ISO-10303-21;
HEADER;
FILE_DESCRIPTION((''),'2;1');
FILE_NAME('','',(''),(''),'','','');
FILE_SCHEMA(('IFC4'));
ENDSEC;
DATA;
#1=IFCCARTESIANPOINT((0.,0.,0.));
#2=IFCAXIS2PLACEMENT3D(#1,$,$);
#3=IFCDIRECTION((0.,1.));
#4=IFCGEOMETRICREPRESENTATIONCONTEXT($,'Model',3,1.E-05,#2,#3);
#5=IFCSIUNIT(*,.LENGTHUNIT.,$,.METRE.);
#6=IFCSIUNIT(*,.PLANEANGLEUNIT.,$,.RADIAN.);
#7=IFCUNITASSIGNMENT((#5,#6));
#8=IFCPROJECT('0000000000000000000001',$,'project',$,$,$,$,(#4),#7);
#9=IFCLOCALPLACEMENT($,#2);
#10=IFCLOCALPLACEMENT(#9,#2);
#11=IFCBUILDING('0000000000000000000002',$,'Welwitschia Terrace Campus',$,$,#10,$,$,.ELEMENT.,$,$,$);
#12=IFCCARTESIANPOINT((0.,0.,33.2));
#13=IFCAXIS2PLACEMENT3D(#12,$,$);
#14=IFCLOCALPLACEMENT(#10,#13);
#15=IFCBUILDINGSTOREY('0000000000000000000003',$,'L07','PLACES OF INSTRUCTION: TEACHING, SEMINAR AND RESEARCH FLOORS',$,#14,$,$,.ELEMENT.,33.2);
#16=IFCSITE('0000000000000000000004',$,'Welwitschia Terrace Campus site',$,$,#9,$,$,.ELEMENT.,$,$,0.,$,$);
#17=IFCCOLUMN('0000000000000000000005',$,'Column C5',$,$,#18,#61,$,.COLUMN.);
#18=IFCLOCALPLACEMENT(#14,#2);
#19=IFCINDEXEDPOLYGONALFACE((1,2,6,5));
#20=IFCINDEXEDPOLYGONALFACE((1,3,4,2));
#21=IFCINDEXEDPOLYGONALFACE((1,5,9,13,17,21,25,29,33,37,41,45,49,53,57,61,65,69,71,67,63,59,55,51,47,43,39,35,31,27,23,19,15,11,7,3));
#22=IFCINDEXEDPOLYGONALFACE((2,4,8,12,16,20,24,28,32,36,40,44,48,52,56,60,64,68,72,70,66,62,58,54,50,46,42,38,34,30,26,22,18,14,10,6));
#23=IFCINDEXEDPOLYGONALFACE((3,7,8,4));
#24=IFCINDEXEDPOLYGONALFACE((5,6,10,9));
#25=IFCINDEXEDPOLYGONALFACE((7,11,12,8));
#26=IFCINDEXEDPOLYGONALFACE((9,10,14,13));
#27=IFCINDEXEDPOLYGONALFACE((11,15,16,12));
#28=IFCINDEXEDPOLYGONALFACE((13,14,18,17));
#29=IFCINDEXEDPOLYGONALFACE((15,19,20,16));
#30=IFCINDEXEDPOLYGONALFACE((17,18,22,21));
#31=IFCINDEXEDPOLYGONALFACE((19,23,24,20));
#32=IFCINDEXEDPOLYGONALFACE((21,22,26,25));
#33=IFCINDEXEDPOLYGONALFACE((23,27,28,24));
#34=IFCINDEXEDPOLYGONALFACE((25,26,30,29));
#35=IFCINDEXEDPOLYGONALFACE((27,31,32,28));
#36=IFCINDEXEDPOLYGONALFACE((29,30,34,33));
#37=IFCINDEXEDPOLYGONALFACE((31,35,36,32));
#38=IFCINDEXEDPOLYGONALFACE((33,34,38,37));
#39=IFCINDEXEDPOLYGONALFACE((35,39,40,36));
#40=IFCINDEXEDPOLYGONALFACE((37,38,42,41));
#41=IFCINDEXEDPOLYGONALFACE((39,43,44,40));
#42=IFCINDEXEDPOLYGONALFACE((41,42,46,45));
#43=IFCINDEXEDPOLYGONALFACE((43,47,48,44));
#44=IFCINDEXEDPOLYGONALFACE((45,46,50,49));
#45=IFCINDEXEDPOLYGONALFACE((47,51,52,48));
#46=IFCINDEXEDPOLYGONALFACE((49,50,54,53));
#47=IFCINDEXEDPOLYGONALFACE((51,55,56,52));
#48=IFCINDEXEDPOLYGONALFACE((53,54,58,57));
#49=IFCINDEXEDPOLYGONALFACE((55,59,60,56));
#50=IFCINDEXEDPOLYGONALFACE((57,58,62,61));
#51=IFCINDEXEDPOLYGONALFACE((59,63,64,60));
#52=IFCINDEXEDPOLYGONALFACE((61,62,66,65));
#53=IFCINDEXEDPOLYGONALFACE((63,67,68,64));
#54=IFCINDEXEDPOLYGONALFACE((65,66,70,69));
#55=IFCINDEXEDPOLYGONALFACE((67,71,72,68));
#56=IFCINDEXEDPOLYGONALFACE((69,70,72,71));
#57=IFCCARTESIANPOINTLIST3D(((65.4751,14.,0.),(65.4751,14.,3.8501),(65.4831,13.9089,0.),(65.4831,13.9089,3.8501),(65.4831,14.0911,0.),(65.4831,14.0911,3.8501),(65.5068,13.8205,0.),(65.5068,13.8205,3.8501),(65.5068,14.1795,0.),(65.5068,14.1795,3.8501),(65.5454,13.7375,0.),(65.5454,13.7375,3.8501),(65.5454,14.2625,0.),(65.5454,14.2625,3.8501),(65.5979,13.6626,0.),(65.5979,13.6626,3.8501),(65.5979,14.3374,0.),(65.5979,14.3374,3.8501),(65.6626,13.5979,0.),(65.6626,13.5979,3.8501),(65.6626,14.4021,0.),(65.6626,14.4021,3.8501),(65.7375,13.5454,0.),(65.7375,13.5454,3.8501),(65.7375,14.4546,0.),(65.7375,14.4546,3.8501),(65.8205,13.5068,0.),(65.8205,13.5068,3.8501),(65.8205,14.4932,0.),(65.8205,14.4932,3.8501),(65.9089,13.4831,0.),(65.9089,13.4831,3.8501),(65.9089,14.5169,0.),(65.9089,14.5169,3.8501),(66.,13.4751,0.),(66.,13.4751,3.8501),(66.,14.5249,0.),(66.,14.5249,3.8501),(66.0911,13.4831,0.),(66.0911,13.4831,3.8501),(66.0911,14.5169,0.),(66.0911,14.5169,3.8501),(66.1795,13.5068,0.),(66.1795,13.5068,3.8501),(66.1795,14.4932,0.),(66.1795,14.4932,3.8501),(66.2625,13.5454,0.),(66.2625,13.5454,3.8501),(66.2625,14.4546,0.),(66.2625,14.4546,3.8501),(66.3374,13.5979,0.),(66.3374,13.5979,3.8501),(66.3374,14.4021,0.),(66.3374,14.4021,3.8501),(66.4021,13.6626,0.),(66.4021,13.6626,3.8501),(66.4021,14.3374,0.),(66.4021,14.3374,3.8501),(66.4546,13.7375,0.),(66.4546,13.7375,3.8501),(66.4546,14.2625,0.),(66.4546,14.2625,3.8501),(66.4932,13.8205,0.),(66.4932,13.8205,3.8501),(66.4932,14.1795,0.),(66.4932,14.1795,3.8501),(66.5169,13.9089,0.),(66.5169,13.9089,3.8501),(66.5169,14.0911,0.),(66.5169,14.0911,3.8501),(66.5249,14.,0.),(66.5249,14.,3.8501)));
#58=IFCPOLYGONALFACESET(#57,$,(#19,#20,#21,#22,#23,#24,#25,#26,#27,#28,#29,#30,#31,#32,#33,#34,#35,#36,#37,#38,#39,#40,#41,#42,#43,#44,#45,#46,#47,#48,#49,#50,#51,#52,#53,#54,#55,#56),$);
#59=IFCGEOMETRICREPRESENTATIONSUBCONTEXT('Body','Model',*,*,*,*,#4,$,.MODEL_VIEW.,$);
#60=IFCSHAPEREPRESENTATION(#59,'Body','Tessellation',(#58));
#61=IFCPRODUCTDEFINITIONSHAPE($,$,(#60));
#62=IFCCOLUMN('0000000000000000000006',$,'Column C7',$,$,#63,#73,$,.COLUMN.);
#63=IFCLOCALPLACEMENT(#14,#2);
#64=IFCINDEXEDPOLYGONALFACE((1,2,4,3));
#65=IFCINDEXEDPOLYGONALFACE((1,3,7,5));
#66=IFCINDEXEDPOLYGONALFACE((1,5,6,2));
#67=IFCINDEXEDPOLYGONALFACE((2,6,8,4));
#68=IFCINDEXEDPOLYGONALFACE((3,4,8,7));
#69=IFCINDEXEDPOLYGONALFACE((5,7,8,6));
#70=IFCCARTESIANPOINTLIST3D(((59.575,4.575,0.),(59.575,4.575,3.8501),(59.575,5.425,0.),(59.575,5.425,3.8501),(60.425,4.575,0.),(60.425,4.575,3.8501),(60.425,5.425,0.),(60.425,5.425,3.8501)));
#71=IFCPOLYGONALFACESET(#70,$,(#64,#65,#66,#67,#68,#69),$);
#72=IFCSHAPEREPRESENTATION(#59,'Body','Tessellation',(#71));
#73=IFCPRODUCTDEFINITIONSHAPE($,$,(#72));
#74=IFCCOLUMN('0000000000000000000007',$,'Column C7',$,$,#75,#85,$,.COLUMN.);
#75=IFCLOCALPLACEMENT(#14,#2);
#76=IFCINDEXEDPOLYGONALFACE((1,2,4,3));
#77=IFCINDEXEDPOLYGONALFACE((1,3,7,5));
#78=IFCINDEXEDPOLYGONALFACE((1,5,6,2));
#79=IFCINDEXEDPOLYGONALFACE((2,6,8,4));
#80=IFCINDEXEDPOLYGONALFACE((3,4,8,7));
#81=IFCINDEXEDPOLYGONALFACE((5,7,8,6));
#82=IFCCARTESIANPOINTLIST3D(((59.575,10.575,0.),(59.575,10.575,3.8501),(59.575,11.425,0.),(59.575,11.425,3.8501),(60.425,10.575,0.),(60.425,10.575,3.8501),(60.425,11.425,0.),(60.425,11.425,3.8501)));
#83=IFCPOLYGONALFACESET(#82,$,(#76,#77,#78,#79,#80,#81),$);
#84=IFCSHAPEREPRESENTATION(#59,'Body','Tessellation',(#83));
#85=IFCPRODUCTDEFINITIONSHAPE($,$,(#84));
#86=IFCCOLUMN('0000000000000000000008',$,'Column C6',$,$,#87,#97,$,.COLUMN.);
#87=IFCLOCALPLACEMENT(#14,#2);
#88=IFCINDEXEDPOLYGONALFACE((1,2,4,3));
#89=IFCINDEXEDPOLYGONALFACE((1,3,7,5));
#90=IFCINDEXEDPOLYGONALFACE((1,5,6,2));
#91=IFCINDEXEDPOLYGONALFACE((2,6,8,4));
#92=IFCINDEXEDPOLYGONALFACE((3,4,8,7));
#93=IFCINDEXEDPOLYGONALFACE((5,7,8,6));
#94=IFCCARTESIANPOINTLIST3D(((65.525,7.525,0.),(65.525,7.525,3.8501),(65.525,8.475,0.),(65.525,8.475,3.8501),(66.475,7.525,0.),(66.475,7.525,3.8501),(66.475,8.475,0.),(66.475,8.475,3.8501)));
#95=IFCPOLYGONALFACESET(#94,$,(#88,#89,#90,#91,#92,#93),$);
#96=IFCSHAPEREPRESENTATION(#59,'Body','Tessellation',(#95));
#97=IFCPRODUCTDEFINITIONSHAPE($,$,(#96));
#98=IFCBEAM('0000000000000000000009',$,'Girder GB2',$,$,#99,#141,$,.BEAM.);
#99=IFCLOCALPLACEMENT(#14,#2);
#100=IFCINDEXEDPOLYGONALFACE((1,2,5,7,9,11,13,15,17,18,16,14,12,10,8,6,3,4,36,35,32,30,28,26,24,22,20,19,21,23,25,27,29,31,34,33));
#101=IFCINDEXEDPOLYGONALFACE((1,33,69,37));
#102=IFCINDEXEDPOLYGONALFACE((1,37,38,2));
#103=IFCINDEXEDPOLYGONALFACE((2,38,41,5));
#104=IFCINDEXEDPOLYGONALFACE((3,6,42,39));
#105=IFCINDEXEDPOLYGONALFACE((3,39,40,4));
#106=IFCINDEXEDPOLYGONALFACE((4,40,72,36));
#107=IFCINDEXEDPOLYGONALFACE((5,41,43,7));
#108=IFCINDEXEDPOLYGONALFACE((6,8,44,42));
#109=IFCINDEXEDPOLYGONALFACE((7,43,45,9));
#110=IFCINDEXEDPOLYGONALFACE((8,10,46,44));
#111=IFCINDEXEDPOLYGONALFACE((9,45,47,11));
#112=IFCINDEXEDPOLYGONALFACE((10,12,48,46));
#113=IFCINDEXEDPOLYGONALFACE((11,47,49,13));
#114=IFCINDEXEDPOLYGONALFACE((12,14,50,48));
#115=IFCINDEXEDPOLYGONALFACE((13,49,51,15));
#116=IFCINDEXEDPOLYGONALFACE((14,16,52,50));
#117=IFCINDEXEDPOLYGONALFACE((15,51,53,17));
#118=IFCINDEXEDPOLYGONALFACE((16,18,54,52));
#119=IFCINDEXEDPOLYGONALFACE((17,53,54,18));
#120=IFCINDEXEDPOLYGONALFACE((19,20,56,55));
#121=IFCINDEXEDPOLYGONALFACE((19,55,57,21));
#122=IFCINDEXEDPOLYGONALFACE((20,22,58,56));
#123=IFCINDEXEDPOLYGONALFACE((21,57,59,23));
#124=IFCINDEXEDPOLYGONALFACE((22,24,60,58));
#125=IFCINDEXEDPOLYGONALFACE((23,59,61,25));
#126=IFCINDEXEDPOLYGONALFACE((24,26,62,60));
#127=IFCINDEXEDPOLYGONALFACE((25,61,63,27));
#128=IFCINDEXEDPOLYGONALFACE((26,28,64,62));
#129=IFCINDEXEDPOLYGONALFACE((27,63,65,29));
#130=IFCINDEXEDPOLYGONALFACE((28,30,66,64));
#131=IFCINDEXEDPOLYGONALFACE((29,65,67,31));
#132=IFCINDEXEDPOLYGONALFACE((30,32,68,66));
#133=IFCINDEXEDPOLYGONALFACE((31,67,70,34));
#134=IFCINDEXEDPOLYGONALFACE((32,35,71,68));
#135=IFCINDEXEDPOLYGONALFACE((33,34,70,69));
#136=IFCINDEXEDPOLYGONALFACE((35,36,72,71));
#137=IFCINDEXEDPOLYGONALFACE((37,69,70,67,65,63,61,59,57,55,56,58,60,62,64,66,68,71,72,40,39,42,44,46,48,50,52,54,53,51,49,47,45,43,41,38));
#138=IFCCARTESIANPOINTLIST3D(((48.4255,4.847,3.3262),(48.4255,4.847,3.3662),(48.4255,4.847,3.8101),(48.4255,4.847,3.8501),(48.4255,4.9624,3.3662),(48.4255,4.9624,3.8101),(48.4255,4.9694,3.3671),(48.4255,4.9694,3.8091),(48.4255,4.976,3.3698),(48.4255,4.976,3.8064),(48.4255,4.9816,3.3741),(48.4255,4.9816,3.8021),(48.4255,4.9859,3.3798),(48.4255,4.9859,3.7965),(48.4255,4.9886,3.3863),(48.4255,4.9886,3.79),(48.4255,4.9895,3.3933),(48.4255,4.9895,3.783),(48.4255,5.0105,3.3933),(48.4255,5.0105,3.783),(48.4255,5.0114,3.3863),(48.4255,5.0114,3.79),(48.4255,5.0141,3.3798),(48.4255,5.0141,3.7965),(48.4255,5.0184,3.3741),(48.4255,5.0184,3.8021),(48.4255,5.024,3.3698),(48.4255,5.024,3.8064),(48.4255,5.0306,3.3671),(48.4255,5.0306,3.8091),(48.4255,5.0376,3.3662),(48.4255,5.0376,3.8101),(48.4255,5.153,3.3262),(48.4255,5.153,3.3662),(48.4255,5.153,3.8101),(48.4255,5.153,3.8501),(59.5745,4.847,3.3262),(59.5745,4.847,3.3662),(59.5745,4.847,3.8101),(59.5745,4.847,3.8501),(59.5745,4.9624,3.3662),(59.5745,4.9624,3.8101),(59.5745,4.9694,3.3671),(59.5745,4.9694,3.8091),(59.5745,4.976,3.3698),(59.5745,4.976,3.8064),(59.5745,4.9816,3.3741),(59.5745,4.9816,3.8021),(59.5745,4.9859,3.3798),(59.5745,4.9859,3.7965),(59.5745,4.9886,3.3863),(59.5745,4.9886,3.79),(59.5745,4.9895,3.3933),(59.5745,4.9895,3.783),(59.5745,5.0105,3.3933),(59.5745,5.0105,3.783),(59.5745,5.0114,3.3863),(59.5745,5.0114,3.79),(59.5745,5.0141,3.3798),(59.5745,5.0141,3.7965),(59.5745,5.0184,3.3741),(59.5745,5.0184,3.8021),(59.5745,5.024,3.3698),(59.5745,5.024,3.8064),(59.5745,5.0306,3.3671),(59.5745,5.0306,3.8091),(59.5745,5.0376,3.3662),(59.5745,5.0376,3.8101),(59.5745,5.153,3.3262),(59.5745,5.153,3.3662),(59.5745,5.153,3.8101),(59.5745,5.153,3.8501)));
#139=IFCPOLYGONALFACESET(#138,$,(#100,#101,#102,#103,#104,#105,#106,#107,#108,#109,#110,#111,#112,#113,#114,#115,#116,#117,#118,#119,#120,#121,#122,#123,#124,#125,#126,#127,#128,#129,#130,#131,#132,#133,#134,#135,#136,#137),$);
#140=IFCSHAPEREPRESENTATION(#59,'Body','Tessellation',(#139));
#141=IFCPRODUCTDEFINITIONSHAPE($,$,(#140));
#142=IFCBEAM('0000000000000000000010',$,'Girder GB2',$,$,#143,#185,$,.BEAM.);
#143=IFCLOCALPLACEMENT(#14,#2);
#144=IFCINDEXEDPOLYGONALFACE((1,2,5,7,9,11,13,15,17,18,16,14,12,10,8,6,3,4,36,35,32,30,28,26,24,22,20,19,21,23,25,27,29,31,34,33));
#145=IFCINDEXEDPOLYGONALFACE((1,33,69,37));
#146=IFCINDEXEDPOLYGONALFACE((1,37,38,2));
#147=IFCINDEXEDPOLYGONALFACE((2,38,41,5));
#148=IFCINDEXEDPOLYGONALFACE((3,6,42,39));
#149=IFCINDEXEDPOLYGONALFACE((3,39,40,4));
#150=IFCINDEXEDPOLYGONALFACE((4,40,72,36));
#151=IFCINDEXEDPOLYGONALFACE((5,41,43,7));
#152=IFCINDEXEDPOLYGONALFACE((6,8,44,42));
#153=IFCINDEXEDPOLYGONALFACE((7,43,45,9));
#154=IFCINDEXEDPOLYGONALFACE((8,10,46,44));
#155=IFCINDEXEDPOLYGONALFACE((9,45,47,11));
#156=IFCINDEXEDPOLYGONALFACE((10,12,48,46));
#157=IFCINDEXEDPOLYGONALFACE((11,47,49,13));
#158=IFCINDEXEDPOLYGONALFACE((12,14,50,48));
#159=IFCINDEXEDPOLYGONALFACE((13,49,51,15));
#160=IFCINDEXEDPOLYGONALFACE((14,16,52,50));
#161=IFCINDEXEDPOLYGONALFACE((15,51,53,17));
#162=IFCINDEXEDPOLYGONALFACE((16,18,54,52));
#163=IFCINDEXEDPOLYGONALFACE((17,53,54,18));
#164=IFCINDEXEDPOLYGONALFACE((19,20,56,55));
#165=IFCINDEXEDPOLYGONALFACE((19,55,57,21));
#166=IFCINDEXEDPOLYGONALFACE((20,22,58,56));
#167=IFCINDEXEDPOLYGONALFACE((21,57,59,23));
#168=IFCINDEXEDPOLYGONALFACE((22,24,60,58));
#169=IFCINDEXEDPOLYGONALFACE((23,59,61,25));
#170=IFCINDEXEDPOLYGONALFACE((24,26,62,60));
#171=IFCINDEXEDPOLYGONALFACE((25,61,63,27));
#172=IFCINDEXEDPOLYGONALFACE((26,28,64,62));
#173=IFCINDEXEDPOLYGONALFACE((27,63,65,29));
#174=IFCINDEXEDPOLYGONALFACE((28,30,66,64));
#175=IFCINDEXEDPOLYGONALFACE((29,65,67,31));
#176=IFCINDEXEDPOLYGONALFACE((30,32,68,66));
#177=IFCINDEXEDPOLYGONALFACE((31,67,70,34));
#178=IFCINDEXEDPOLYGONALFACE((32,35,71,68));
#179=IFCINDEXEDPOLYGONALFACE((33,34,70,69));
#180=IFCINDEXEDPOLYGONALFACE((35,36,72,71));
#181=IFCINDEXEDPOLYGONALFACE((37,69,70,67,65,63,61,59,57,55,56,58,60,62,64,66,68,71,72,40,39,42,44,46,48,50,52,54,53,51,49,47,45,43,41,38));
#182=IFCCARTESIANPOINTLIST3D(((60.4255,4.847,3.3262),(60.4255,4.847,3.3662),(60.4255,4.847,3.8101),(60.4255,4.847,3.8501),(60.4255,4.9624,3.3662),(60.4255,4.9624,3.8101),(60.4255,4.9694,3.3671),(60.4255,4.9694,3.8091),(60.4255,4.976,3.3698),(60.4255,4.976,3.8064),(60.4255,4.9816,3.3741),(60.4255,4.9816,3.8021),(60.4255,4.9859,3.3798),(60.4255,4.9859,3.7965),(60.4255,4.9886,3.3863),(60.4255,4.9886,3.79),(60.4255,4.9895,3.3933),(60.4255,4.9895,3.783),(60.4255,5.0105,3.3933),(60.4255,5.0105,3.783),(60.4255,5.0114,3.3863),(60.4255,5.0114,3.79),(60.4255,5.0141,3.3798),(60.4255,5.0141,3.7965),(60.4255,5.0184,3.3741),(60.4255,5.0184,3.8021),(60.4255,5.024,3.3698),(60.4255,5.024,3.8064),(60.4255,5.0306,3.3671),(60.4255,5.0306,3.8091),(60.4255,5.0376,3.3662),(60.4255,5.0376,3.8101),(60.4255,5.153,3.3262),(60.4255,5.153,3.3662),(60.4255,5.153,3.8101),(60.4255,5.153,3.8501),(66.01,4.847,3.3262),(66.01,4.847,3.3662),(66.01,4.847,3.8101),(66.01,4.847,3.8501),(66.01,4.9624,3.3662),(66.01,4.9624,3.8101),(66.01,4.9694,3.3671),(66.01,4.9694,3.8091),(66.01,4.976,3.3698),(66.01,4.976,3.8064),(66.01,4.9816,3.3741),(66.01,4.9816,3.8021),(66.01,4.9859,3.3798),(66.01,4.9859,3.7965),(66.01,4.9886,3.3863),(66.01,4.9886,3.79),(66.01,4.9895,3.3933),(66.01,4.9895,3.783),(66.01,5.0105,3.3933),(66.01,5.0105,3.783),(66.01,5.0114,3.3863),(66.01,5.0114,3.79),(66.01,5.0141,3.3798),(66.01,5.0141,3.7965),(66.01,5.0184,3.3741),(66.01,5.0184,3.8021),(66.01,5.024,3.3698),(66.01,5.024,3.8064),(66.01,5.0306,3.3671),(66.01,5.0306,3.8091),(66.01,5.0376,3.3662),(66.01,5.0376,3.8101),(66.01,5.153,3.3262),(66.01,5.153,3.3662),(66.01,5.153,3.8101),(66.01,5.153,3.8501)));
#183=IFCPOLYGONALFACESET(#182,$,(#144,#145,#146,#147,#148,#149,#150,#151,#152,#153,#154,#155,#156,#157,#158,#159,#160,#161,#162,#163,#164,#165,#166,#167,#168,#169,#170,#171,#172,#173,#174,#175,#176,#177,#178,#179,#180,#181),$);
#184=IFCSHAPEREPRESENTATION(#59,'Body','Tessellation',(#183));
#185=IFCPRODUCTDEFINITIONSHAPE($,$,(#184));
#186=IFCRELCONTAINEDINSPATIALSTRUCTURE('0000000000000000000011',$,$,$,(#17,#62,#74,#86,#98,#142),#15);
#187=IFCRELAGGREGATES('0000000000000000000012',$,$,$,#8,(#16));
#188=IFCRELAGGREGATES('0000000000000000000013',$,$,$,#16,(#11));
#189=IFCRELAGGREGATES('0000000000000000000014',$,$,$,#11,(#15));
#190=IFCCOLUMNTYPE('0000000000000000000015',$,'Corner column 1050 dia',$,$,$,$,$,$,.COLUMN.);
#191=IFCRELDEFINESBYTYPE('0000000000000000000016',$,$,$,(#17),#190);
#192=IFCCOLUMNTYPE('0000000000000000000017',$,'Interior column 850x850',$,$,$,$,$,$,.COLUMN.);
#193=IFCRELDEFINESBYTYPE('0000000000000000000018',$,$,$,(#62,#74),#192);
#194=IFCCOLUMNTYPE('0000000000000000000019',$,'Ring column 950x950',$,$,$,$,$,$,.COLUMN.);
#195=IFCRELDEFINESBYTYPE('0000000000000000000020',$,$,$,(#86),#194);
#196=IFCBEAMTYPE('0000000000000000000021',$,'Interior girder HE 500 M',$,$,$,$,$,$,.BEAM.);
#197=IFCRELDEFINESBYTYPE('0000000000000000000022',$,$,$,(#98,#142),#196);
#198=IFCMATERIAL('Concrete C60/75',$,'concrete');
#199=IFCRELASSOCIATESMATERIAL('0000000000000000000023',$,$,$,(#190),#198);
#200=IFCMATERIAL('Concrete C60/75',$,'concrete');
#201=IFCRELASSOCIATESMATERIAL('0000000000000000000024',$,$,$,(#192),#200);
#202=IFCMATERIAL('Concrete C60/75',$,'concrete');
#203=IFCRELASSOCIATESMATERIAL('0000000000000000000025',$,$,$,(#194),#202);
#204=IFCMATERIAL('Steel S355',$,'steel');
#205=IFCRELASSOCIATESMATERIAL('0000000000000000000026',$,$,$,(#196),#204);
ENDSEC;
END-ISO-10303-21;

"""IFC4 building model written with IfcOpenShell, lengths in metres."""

from ifc_helpers import new_model, si_unit, direction, frame, origin, origin_2d, place, context, subcontext, project, spatial, rectangle, circle, i_section, extrude, material, material_profile, profile_set, type_object, element, save


model = new_model("IFC4")

# Units and contexts
model_context = context("Model", 3, precision=1e-05, world=origin(), true_north=direction((0.0, 1.0)))
body_context = subcontext(model_context, "Body", "Model", "MODEL_VIEW")
ifc_project = project(units=[si_unit("LENGTHUNIT", "METRE"), si_unit("PLANEANGLEUNIT", "RADIAN")], contexts=[model_context])

# Site, building, storey
site_placement = place(None, origin())
site = spatial("IfcSite", under=ifc_project, at=site_placement, Name="Welwitschia Terrace Campus site", CompositionType="ELEMENT", RefElevation=0.0)
building_placement = place(site_placement, origin())
building = spatial("IfcBuilding", under=site, at=building_placement, Name="Welwitschia Terrace Campus", CompositionType="ELEMENT")
storey_placement = place(building_placement, frame((0.0, 0.0, 33.2)))
storey = spatial("IfcBuildingStorey", under=building, at=storey_placement, Name="L07", Description="PLACES OF INSTRUCTION: TEACHING, SEMINAR AND RESEARCH FLOORS", CompositionType="ELEMENT", Elevation=33.2)

# Columns
ifc_material_1 = material(Name="Concrete C60/75", Category="concrete")
ifc_material_profile_1 = material_profile(ifc_material_1, circle(Radius=0.5249, at=origin_2d()))
ifc_profile_set_1 = profile_set([ifc_material_profile_1], Name="Concrete C60/75")
column_type_1 = type_object("IfcColumnType", Name="Corner column 1050 dia", PredefinedType="COLUMN", material=ifc_profile_set_1)
column_1_placement = place(storey_placement, frame((66.0, 14.0, 0.0), z_axis=(0.0, 0.0, 1.0), x_axis=(1.0, 0.0, 0.0)))
element("IfcColumn", 1, at=column_1_placement, inside=storey, type_object=column_type_1, Name="Column C5", PredefinedType="COLUMN", context=body_context, shape_type="SweptSolid", body=[
    extrude(circle(Radius=0.5249, at=origin_2d()), origin(), (0.0, 0.0, 1.0), 3.8501),
])
ifc_material_2 = material(Name="Concrete C60/75", Category="concrete")
ifc_material_profile_2 = material_profile(ifc_material_2, rectangle(XDim=0.8501, YDim=0.8501, at=origin_2d()))
ifc_profile_set_2 = profile_set([ifc_material_profile_2], Name="Concrete C60/75")
column_type_2 = type_object("IfcColumnType", Name="Interior column 850x850", PredefinedType="COLUMN", material=ifc_profile_set_2)
for number, where, z_axis, x_axis, name in (
    (2, (60.0, 5.0, 0.0), (0.0, 0.0, 1.0), (1.0, 0.0, 0.0), "Column C7"),
    (3, (60.0, 11.0, 0.0), (0.0, 0.0, 1.0), (1.0, 0.0, 0.0), "Column C7"),
):
    element("IfcColumn", number, at=place(storey_placement, frame(where, z_axis=z_axis, x_axis=x_axis)), inside=storey, type_object=column_type_2, Name=name, PredefinedType="COLUMN", context=body_context, shape_type="SweptSolid", body=[
        extrude(rectangle(XDim=0.8501, YDim=0.8501, at=origin_2d()), origin(), (0.0, 0.0, 1.0), 3.8501),
    ])
ifc_material_3 = material(Name="Concrete C60/75", Category="concrete")
ifc_material_profile_3 = material_profile(ifc_material_3, rectangle(XDim=0.95, YDim=0.95, at=origin_2d()))
ifc_profile_set_3 = profile_set([ifc_material_profile_3], Name="Concrete C60/75")
column_type_3 = type_object("IfcColumnType", Name="Ring column 950x950", PredefinedType="COLUMN", material=ifc_profile_set_3)
column_2_placement = place(storey_placement, frame((66.0, 8.0, 0.0), z_axis=(0.0, 0.0, 1.0), x_axis=(1.0, 0.0, 0.0)))
element("IfcColumn", 4, at=column_2_placement, inside=storey, type_object=column_type_3, Name="Column C6", PredefinedType="COLUMN", context=body_context, shape_type="SweptSolid", body=[
    extrude(rectangle(XDim=0.95, YDim=0.95, at=origin_2d()), origin(), (0.0, 0.0, 1.0), 3.8501),
])

# Beams
ifc_material_4 = material(Name="Steel S355", Category="steel")
ifc_material_profile_4 = material_profile(ifc_material_4, i_section(OverallWidth=0.3059, OverallDepth=0.5239, WebThickness=0.021, FlangeThickness=0.04, FilletRadius=0.0271, at=origin_2d()))
ifc_profile_set_4 = profile_set([ifc_material_profile_4], Name="Steel S355")
beam_type_1 = type_object("IfcBeamType", Name="Interior girder HE 500 M", PredefinedType="BEAM", material=ifc_profile_set_4)
beam_1_placement = place(storey_placement, frame((48.4255, 5.0, 3.5881), z_axis=(1.0, 0.0, 0.0), x_axis=(0.0, 1.0, 0.0)))
element("IfcBeam", 5, at=beam_1_placement, inside=storey, type_object=beam_type_1, Name="Girder GB2", PredefinedType="BEAM", context=body_context, shape_type="SweptSolid", body=[
    extrude(i_section(OverallWidth=0.3059, OverallDepth=0.5239, WebThickness=0.021, FlangeThickness=0.04, FilletRadius=0.0271, at=origin_2d()), origin(), (0.0, 0.0, 1.0), 11.1489),
])
beam_2_placement = place(storey_placement, frame((60.4255, 5.0, 3.5881), z_axis=(1.0, 0.0, 0.0), x_axis=(0.0, 1.0, 0.0)))
element("IfcBeam", 6, at=beam_2_placement, inside=storey, type_object=beam_type_1, Name="Girder GB2", PredefinedType="BEAM", context=body_context, shape_type="SweptSolid", body=[
    extrude(i_section(OverallWidth=0.3059, OverallDepth=0.5239, WebThickness=0.021, FlangeThickness=0.04, FilletRadius=0.0271, at=origin_2d()), origin(), (0.0, 0.0, 1.0), 5.5845),
])

save(model, "model.ifc")
